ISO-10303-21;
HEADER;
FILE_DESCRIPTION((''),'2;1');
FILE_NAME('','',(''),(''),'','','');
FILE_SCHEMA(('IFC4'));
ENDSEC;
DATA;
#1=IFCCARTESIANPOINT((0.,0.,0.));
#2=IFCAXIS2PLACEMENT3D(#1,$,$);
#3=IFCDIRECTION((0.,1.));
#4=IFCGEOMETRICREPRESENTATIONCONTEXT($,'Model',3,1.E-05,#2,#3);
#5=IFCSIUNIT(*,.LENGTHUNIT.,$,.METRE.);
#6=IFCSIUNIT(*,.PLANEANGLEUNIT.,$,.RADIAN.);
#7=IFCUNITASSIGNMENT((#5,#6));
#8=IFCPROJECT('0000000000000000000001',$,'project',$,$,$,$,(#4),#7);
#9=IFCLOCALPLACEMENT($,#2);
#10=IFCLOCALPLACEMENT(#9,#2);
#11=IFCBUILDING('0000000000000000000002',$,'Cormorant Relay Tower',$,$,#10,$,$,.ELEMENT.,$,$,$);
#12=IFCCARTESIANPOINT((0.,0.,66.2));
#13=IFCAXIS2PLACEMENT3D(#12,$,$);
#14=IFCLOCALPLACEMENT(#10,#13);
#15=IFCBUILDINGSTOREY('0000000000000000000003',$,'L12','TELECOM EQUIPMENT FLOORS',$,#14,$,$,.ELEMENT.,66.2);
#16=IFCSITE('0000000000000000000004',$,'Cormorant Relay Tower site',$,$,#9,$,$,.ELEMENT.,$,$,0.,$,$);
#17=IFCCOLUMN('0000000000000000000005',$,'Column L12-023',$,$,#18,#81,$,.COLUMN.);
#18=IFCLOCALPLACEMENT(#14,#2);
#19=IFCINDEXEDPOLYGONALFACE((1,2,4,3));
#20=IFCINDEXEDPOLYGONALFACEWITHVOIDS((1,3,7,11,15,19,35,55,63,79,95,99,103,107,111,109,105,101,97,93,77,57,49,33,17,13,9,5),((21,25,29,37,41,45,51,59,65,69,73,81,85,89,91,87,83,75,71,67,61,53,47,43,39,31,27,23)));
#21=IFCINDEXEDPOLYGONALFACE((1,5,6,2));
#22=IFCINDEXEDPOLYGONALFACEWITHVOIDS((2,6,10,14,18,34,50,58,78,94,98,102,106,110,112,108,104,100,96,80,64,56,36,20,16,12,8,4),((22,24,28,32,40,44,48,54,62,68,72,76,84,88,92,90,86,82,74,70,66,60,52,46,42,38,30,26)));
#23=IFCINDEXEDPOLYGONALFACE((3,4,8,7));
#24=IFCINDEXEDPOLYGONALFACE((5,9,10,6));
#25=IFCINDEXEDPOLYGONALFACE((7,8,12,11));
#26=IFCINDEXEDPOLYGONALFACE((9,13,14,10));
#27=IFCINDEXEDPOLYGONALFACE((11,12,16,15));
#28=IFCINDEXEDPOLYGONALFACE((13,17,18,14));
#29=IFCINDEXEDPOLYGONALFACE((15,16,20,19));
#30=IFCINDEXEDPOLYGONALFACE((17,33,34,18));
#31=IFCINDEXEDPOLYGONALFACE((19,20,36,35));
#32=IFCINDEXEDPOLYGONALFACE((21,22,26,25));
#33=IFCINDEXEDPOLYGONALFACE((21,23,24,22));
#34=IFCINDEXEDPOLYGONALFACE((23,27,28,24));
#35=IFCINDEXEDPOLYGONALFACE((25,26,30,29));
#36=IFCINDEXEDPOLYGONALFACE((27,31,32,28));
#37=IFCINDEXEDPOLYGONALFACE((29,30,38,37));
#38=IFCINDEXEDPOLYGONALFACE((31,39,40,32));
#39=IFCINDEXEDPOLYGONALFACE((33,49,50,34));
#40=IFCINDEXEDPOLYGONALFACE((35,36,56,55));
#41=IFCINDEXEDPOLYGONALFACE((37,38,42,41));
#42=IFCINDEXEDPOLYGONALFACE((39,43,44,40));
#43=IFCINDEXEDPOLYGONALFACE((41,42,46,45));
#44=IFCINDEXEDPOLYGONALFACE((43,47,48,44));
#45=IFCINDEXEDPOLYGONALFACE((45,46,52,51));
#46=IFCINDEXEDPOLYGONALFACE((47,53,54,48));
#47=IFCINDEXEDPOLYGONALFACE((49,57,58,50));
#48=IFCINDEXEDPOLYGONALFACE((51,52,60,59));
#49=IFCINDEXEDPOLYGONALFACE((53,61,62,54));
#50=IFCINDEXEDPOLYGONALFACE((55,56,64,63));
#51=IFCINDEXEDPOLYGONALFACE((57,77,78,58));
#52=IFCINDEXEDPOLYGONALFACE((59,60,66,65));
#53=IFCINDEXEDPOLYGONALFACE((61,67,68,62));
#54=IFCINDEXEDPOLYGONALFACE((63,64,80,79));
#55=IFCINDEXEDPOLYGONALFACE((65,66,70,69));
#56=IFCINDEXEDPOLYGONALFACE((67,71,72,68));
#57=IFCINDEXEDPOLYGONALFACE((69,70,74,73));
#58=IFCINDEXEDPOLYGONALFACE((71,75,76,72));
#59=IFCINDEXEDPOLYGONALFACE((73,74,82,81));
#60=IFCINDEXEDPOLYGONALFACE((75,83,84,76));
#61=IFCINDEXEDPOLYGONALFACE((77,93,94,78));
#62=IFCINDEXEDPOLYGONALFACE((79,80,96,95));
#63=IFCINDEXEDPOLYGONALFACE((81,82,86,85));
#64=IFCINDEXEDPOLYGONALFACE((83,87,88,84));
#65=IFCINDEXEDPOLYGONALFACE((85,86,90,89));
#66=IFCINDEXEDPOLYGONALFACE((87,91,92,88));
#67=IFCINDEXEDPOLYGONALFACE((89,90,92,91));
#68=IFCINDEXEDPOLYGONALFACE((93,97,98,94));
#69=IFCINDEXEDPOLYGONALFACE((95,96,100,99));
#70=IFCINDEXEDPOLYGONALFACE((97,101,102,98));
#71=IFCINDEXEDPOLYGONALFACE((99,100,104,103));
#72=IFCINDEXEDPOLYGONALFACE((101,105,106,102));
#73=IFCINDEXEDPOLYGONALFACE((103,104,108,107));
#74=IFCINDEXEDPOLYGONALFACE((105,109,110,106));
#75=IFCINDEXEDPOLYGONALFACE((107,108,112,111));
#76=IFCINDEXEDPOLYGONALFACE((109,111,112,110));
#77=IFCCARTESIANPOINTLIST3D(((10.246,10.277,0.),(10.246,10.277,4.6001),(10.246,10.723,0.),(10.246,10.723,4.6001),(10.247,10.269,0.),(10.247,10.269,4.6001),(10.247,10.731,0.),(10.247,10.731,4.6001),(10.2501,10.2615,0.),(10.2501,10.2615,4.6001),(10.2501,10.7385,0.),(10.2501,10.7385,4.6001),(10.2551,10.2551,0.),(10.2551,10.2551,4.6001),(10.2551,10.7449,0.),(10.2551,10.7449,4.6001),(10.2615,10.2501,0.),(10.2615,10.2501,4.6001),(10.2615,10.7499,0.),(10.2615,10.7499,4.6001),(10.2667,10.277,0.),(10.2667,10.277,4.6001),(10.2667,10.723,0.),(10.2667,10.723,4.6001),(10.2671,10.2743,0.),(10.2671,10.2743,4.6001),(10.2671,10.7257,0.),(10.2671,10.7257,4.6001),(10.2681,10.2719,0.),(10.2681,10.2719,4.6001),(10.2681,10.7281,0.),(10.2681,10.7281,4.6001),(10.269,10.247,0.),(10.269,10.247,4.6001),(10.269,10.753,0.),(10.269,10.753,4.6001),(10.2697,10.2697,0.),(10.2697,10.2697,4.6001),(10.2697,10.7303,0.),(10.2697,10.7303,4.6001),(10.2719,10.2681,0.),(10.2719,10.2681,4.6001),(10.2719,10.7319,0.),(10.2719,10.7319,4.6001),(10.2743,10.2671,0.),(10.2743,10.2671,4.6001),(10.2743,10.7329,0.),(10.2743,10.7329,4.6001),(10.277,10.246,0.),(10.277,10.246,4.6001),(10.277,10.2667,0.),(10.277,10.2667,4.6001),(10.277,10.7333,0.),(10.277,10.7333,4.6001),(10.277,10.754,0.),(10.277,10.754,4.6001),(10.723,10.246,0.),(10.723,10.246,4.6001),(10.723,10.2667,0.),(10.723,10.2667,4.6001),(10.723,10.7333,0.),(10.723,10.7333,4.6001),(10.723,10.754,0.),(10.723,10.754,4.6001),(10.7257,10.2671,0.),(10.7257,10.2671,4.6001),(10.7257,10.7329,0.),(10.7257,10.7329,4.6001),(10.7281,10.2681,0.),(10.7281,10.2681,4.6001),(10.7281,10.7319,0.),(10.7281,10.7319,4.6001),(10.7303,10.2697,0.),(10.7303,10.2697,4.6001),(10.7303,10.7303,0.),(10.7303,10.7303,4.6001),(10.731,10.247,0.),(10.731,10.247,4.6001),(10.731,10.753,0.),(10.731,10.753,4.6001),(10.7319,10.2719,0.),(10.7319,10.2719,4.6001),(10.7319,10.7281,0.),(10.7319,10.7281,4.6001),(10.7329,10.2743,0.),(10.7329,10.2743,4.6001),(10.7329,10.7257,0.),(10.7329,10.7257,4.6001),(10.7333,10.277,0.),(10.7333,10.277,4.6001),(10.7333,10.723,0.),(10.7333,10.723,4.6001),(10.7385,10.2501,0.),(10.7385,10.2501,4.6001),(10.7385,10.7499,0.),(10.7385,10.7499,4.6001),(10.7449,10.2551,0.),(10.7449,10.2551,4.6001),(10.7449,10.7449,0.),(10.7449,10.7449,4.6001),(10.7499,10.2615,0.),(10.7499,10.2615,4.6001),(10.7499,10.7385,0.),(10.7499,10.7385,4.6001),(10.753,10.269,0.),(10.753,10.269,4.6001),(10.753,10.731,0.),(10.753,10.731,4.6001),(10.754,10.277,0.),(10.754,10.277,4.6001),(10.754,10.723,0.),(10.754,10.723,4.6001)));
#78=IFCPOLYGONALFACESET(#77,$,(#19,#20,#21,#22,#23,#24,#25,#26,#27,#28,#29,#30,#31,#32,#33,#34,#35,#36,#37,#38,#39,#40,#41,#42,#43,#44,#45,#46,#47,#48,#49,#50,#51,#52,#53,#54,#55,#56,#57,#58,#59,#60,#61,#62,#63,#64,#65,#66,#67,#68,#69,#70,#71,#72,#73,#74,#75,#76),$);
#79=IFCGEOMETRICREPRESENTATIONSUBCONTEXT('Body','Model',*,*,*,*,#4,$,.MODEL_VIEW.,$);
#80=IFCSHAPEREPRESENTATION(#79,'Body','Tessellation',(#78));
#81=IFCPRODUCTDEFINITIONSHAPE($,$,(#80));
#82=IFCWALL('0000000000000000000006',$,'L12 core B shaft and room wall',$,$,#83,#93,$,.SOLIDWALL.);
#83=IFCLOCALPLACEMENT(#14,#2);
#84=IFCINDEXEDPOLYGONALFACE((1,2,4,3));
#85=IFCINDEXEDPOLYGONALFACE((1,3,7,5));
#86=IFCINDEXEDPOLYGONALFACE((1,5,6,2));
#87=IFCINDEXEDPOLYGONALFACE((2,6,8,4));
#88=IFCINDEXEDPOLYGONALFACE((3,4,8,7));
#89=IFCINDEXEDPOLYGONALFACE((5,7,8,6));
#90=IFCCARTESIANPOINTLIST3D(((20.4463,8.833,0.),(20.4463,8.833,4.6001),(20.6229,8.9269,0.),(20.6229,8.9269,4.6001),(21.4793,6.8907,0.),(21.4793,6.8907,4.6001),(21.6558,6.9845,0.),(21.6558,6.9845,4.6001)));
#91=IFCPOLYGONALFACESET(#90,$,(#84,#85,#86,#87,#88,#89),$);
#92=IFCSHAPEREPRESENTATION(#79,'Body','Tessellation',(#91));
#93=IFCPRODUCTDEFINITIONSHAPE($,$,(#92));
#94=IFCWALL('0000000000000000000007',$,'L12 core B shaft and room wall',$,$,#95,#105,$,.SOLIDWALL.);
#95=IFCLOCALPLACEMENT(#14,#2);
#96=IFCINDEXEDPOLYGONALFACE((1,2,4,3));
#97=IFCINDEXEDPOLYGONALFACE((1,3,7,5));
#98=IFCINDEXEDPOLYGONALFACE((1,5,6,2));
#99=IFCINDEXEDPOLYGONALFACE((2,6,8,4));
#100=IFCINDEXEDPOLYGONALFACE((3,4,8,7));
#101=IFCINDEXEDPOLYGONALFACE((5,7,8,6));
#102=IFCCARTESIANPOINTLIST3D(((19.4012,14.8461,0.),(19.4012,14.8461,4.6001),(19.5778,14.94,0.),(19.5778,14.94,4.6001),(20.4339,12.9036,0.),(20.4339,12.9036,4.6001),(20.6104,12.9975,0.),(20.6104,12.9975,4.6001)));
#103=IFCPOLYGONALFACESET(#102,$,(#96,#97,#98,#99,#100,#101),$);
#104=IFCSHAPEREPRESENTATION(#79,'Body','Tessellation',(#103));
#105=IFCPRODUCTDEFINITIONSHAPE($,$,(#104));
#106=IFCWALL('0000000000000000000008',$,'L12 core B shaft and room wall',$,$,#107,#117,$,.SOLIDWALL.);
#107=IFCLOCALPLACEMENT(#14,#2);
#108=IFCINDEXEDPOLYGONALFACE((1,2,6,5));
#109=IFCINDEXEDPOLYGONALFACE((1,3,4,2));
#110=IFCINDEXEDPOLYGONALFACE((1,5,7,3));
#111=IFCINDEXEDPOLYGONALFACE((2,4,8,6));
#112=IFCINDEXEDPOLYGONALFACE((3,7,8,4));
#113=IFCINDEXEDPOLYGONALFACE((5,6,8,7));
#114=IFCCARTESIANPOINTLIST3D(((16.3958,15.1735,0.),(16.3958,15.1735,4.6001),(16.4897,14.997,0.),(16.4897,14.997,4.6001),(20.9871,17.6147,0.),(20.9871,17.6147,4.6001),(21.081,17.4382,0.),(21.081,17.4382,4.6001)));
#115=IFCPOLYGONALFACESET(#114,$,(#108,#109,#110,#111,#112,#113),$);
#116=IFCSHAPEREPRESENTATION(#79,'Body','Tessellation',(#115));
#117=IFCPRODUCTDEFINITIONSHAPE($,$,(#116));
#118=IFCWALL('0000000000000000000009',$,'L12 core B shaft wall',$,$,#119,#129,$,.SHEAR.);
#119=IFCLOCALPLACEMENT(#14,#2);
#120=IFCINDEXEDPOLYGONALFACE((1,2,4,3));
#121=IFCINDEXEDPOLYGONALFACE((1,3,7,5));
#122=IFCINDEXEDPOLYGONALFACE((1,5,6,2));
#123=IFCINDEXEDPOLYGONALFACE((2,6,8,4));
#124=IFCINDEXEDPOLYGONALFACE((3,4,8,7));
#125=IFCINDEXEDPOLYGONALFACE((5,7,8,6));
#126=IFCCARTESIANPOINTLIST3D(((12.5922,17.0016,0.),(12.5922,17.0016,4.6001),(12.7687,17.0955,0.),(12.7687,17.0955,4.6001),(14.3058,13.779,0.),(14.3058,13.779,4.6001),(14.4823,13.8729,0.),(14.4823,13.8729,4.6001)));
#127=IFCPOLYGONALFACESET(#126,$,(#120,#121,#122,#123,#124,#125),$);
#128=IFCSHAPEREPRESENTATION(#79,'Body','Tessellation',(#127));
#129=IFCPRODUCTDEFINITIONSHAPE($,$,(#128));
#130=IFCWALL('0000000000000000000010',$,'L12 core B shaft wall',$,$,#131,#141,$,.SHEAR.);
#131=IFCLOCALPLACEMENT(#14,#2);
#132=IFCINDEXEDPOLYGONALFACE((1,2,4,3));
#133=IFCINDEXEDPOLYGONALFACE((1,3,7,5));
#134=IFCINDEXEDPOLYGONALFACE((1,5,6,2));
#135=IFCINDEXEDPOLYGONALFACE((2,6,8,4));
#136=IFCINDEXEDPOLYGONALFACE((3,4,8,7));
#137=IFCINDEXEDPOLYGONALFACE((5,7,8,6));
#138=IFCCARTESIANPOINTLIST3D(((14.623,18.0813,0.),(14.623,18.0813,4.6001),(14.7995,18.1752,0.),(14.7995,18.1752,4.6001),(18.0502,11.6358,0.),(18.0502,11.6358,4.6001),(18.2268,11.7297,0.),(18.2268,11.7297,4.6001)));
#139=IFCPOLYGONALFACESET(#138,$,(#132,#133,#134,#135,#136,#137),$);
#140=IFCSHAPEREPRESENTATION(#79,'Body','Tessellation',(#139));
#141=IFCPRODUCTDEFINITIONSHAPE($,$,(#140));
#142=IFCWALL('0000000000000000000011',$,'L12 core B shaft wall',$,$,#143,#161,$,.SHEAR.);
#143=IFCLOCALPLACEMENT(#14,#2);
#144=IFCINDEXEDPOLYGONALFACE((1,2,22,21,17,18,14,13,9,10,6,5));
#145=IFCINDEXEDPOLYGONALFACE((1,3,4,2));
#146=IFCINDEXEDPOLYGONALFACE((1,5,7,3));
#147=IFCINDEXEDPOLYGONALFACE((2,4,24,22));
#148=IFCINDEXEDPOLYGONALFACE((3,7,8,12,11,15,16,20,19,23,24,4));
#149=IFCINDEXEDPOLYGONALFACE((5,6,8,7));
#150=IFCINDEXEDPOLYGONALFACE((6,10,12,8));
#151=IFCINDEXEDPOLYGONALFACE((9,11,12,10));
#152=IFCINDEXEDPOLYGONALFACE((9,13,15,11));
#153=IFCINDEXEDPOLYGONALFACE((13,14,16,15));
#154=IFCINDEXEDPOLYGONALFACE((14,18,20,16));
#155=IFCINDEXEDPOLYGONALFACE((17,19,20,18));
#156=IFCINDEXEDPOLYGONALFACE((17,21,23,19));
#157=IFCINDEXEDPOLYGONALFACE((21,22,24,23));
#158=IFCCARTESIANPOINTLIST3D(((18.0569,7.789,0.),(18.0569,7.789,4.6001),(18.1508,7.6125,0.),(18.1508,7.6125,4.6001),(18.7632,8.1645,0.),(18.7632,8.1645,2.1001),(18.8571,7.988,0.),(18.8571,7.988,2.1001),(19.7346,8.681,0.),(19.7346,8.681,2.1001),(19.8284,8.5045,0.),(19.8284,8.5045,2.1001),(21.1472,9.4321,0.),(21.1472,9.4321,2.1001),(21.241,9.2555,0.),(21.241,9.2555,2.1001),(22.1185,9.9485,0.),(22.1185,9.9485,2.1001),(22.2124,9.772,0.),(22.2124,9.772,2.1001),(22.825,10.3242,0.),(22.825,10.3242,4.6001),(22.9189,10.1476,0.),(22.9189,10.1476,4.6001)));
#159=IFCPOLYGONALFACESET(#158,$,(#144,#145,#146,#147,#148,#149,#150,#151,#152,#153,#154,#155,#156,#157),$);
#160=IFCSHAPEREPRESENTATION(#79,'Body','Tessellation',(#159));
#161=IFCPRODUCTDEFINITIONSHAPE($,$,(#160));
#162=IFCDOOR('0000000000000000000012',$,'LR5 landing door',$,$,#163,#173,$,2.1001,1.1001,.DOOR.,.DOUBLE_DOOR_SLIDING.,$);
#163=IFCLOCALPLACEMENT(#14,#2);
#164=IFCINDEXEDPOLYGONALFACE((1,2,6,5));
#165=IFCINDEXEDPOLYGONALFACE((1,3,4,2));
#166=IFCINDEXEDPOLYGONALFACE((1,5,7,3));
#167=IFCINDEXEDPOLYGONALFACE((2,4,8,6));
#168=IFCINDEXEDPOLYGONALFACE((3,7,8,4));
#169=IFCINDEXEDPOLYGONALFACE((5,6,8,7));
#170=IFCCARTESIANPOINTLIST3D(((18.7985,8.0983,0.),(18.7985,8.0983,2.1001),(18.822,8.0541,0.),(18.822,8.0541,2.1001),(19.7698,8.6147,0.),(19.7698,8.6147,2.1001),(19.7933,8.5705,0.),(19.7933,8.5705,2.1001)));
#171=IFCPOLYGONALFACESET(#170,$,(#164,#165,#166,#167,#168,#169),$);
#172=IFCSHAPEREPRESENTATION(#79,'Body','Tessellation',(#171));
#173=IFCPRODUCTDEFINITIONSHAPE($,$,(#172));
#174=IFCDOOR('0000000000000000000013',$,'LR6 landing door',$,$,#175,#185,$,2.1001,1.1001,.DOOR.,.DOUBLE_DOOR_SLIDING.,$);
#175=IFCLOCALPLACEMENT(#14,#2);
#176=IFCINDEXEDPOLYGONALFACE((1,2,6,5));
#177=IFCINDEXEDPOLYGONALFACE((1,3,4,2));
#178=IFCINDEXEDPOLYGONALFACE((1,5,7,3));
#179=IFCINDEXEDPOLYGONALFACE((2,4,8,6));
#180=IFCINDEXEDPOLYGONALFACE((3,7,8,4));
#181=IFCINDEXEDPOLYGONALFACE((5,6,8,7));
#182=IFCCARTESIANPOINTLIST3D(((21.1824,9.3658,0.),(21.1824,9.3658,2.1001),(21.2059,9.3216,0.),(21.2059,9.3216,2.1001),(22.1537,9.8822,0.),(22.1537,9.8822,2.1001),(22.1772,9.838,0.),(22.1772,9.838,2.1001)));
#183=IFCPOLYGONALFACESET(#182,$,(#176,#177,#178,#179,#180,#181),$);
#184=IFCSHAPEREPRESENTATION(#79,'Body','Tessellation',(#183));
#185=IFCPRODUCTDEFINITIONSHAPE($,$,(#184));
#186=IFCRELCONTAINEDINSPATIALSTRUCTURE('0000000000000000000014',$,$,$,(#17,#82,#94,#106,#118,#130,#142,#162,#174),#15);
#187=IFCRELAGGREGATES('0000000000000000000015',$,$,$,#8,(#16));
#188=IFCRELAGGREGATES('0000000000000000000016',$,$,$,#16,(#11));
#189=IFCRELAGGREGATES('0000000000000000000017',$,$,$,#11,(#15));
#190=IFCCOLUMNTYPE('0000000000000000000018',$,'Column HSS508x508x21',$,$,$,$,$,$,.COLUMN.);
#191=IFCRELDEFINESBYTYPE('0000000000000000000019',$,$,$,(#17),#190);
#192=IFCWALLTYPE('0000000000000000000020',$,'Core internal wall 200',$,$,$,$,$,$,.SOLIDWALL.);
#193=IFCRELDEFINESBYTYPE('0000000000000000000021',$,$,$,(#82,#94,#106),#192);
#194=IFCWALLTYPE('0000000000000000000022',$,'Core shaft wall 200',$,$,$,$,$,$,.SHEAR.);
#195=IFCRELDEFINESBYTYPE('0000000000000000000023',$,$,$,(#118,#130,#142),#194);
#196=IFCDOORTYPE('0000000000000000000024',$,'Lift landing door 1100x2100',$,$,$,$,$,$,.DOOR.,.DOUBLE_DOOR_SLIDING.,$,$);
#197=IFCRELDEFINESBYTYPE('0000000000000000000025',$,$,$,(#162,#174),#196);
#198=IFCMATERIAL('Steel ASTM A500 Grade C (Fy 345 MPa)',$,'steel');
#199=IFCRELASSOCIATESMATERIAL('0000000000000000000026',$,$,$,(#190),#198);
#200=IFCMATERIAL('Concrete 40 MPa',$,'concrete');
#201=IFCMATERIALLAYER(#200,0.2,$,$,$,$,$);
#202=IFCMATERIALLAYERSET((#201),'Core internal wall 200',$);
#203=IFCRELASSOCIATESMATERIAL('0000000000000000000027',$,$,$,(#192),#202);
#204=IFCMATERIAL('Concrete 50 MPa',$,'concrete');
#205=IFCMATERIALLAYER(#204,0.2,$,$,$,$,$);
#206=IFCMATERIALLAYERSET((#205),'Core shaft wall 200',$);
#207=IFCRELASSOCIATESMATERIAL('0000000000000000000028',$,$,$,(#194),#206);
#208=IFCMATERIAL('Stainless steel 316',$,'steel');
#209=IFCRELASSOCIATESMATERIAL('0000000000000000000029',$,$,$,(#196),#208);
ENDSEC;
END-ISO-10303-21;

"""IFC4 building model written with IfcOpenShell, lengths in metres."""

from ifc_helpers import new_model, si_unit, direction, frame, frame_2d, origin, origin_2d, place, context, subcontext, project, spatial, rectangle, hollow_rectangle, extrude, material, layer, layer_set, material_profile, profile_set, type_object, element, fill, save


model = new_model("IFC4")

# Units and contexts
model_context = context("Model", 3, precision=1e-05, world=origin(), true_north=direction((0.0, 1.0)))
body_context = subcontext(model_context, "Body", "Model", "MODEL_VIEW")
ifc_project = project(units=[si_unit("LENGTHUNIT", "METRE"), si_unit("PLANEANGLEUNIT", "RADIAN")], contexts=[model_context])

# Site, building, storey
site_placement = place(None, origin())
site = spatial("IfcSite", under=ifc_project, at=site_placement, Name="Cormorant Relay Tower site", CompositionType="ELEMENT", RefElevation=0.0)
building_placement = place(site_placement, origin())
building = spatial("IfcBuilding", under=site, at=building_placement, Name="Cormorant Relay Tower", CompositionType="ELEMENT")
storey_placement = place(building_placement, frame((0.0, 0.0, 66.2)))
storey = spatial("IfcBuildingStorey", under=building, at=storey_placement, Name="L12", Description="TELECOM EQUIPMENT FLOORS", CompositionType="ELEMENT", Elevation=66.2)

# Column
ifc_material_1 = material(Name="Steel ASTM A500 Grade C (Fy 345 MPa)", Category="steel")
ifc_material_profile = material_profile(ifc_material_1, hollow_rectangle(XDim=0.5081, YDim=0.5081, WallThickness=0.0208, InnerFilletRadius=0.0103, OuterFilletRadius=0.031, at=origin_2d()), Name="HSS508x508x21")
ifc_profile_set = profile_set([ifc_material_profile], Name="Steel ASTM A500 Grade C (Fy 345 MPa)")
column_type = type_object("IfcColumnType", Name="Column HSS508x508x21", PredefinedType="COLUMN", material=ifc_profile_set)
column_placement = place(storey_placement, frame((10.5, 10.5, 0.0), z_axis=(0.0, 0.0, 1.0), x_axis=(1.0, 0.0, 0.0)))
element("IfcColumn", 1, at=column_placement, inside=storey, type_object=column_type, Name="Column L12-023", PredefinedType="COLUMN", context=body_context, shape_type="SweptSolid", body=[
    extrude(hollow_rectangle(XDim=0.5081, YDim=0.5081, WallThickness=0.0208, InnerFilletRadius=0.0103, OuterFilletRadius=0.031, at=origin_2d()), origin(), (0.0, 0.0, 1.0), 4.6001),
])

# Walls
ifc_material_2 = material(Name="Concrete 40 MPa", Category="concrete")
ifc_layer_1 = layer(ifc_material_2, 0.2)
ifc_layer_set_1 = layer_set([ifc_layer_1], Name="Core internal wall 200")
wall_type_1 = type_object("IfcWallType", Name="Core internal wall 200", PredefinedType="SOLIDWALL", material=ifc_layer_set_1)
for number, where, z_axis, x_axis, name in (
    (2, (21.5676, 6.9375, 0.0), (0.0, 0.0, 1.0), (-0.469534, 0.882914, 0.0), "L12 core B shaft and room wall"),
    (3, (20.5222, 12.9504, 0.0), (0.0, 0.0, 1.0), (-0.469401, 0.882985, 0.0), "L12 core B shaft and room wall"),
):
    element("IfcWall", number, at=place(storey_placement, frame(where, z_axis=z_axis, x_axis=x_axis)), inside=storey, type_object=wall_type_1, Name=name, PredefinedType="SOLIDWALL", context=body_context, shape_type="SweptSolid", body=[
        extrude(rectangle(XDim=2.2, YDim=0.2, at=frame_2d((1.1001, 0.0))), origin(), (0.0, 0.0, 1.0), 4.6001),
    ])
wall_1_placement = place(storey_placement, frame((16.4426, 15.0852, 0.0), z_axis=(0.0, 0.0, 1.0), x_axis=(0.882954, 0.46946, 0.0)))
element("IfcWall", 4, at=wall_1_placement, inside=storey, type_object=wall_type_1, Name="L12 core B shaft and room wall", PredefinedType="SOLIDWALL", context=body_context, shape_type="SweptSolid", body=[
    extrude(rectangle(XDim=5.2, YDim=0.2, at=frame_2d((2.6001, 0.0))), origin(), (0.0, 0.0, 1.0), 4.6001),
])
ifc_material_3 = material(Name="Concrete 50 MPa", Category="concrete")
ifc_layer_2 = layer(ifc_material_3, 0.2)
ifc_layer_set_2 = layer_set([ifc_layer_2], Name="Core shaft wall 200")
wall_type_2 = type_object("IfcWallType", Name="Core shaft wall 200", PredefinedType="SHEAR", material=ifc_layer_set_2)
wall_2_placement = place(storey_placement, frame((14.394, 13.8259, 0.0), z_axis=(0.0, 0.0, 1.0), x_axis=(-0.469494, 0.882936, 0.0)))
element("IfcWall", 5, at=wall_2_placement, inside=storey, type_object=wall_type_2, Name="L12 core B shaft wall", PredefinedType="SHEAR", context=body_context, shape_type="SweptSolid", body=[
    extrude(rectangle(XDim=3.6499, YDim=0.2, at=frame_2d((1.825, 0.0))), origin(), (0.0, 0.0, 1.0), 4.6001),
])
wall_3_placement = place(storey_placement, frame((18.1384, 11.6829, 0.0), z_axis=(0.0, 0.0, 1.0), x_axis=(-0.46948, 0.882943, 0.0)))
element("IfcWall", 6, at=wall_3_placement, inside=storey, type_object=wall_type_2, Name="L12 core B shaft wall", PredefinedType="SHEAR", context=body_context, shape_type="SweptSolid", body=[
    extrude(rectangle(XDim=7.3, YDim=0.2, at=frame_2d((3.6499, 0.0))), origin(), (0.0, 0.0, 1.0), 4.6001),
])

# Wall, openings, doors
wall_4_placement = place(storey_placement, frame((18.1038, 7.7007, 0.0), z_axis=(0.0, 0.0, 1.0), x_axis=(0.882953, 0.469462, 0.0)))
wall_4 = element("IfcWall", 7, at=wall_4_placement, inside=storey, type_object=wall_type_2, Name="L12 core B shaft wall", PredefinedType="SHEAR", context=body_context, shape_type="SweptSolid", body=[
    extrude(rectangle(XDim=5.4001, YDim=0.2, at=frame_2d((2.7002, 0.0))), origin(), (0.0, 0.0, 1.0), 4.6001),
])
opening_1_placement = place(wall_4_placement, frame((0.8, 0.0, 0.0)))
opening_1 = element("IfcOpeningElement", 8, at=opening_1_placement, cuts=wall_4, PredefinedType="OPENING", context=body_context, shape_type="SweptSolid", body=[
    extrude(rectangle(XDim=1.1001, YDim=2.1001, at=frame_2d((0.55, 1.05))), frame((0.0, 0.1099, 0.0), z_axis=(0.0, -1.0, 0.0), x_axis=(1.0, 0.0, 0.0)), (0.0, 0.0, 1.0), 0.22),
])
opening_2_placement = place(wall_4_placement, frame((3.5, 0.0, 0.0)))
opening_2 = element("IfcOpeningElement", 9, at=opening_2_placement, cuts=wall_4, PredefinedType="OPENING", context=body_context, shape_type="SweptSolid", body=[
    extrude(rectangle(XDim=1.1001, YDim=2.1001, at=frame_2d((0.55, 1.05))), frame((0.0, 0.1099, 0.0), z_axis=(0.0, -1.0, 0.0), x_axis=(1.0, 0.0, 0.0)), (0.0, 0.0, 1.0), 0.22),
])
ifc_material_4 = material(Name="Stainless steel 316", Category="steel")
door_type_1 = type_object("IfcDoorType", Name="Lift landing door 1100x2100", OperationType="DOUBLE_DOOR_SLIDING", PredefinedType="DOOR", material=ifc_material_4)
door_1_placement = place(opening_1_placement, origin())
door_1 = element("IfcDoor", 10, at=door_1_placement, inside=storey, type_object=door_type_1, Name="LR5 landing door", OperationType="DOUBLE_DOOR_SLIDING", OverallHeight=2.1001, OverallWidth=1.1001, PredefinedType="DOOR", context=body_context, shape_type="SweptSolid", body=[
    extrude(rectangle(XDim=1.1001, YDim=2.1001, at=frame_2d((0.55, 1.05))), frame((0.0, 0.0249, 0.0), z_axis=(0.0, -1.0, 0.0), x_axis=(1.0, 0.0, 0.0)), (0.0, 0.0, 1.0), 0.05),
])
fill(opening_1, door_1)
door_2_placement = place(opening_2_placement, origin())
door_2 = element("IfcDoor", 11, at=door_2_placement, inside=storey, type_object=door_type_1, Name="LR6 landing door", OperationType="DOUBLE_DOOR_SLIDING", OverallHeight=2.1001, OverallWidth=1.1001, PredefinedType="DOOR", context=body_context, shape_type="SweptSolid", body=[
    extrude(rectangle(XDim=1.1001, YDim=2.1001, at=frame_2d((0.55, 1.05))), frame((0.0, 0.0249, 0.0), z_axis=(0.0, -1.0, 0.0), x_axis=(1.0, 0.0, 0.0)), (0.0, 0.0, 1.0), 0.05),
])
fill(opening_2, door_2)

save(model, "model.ifc")
